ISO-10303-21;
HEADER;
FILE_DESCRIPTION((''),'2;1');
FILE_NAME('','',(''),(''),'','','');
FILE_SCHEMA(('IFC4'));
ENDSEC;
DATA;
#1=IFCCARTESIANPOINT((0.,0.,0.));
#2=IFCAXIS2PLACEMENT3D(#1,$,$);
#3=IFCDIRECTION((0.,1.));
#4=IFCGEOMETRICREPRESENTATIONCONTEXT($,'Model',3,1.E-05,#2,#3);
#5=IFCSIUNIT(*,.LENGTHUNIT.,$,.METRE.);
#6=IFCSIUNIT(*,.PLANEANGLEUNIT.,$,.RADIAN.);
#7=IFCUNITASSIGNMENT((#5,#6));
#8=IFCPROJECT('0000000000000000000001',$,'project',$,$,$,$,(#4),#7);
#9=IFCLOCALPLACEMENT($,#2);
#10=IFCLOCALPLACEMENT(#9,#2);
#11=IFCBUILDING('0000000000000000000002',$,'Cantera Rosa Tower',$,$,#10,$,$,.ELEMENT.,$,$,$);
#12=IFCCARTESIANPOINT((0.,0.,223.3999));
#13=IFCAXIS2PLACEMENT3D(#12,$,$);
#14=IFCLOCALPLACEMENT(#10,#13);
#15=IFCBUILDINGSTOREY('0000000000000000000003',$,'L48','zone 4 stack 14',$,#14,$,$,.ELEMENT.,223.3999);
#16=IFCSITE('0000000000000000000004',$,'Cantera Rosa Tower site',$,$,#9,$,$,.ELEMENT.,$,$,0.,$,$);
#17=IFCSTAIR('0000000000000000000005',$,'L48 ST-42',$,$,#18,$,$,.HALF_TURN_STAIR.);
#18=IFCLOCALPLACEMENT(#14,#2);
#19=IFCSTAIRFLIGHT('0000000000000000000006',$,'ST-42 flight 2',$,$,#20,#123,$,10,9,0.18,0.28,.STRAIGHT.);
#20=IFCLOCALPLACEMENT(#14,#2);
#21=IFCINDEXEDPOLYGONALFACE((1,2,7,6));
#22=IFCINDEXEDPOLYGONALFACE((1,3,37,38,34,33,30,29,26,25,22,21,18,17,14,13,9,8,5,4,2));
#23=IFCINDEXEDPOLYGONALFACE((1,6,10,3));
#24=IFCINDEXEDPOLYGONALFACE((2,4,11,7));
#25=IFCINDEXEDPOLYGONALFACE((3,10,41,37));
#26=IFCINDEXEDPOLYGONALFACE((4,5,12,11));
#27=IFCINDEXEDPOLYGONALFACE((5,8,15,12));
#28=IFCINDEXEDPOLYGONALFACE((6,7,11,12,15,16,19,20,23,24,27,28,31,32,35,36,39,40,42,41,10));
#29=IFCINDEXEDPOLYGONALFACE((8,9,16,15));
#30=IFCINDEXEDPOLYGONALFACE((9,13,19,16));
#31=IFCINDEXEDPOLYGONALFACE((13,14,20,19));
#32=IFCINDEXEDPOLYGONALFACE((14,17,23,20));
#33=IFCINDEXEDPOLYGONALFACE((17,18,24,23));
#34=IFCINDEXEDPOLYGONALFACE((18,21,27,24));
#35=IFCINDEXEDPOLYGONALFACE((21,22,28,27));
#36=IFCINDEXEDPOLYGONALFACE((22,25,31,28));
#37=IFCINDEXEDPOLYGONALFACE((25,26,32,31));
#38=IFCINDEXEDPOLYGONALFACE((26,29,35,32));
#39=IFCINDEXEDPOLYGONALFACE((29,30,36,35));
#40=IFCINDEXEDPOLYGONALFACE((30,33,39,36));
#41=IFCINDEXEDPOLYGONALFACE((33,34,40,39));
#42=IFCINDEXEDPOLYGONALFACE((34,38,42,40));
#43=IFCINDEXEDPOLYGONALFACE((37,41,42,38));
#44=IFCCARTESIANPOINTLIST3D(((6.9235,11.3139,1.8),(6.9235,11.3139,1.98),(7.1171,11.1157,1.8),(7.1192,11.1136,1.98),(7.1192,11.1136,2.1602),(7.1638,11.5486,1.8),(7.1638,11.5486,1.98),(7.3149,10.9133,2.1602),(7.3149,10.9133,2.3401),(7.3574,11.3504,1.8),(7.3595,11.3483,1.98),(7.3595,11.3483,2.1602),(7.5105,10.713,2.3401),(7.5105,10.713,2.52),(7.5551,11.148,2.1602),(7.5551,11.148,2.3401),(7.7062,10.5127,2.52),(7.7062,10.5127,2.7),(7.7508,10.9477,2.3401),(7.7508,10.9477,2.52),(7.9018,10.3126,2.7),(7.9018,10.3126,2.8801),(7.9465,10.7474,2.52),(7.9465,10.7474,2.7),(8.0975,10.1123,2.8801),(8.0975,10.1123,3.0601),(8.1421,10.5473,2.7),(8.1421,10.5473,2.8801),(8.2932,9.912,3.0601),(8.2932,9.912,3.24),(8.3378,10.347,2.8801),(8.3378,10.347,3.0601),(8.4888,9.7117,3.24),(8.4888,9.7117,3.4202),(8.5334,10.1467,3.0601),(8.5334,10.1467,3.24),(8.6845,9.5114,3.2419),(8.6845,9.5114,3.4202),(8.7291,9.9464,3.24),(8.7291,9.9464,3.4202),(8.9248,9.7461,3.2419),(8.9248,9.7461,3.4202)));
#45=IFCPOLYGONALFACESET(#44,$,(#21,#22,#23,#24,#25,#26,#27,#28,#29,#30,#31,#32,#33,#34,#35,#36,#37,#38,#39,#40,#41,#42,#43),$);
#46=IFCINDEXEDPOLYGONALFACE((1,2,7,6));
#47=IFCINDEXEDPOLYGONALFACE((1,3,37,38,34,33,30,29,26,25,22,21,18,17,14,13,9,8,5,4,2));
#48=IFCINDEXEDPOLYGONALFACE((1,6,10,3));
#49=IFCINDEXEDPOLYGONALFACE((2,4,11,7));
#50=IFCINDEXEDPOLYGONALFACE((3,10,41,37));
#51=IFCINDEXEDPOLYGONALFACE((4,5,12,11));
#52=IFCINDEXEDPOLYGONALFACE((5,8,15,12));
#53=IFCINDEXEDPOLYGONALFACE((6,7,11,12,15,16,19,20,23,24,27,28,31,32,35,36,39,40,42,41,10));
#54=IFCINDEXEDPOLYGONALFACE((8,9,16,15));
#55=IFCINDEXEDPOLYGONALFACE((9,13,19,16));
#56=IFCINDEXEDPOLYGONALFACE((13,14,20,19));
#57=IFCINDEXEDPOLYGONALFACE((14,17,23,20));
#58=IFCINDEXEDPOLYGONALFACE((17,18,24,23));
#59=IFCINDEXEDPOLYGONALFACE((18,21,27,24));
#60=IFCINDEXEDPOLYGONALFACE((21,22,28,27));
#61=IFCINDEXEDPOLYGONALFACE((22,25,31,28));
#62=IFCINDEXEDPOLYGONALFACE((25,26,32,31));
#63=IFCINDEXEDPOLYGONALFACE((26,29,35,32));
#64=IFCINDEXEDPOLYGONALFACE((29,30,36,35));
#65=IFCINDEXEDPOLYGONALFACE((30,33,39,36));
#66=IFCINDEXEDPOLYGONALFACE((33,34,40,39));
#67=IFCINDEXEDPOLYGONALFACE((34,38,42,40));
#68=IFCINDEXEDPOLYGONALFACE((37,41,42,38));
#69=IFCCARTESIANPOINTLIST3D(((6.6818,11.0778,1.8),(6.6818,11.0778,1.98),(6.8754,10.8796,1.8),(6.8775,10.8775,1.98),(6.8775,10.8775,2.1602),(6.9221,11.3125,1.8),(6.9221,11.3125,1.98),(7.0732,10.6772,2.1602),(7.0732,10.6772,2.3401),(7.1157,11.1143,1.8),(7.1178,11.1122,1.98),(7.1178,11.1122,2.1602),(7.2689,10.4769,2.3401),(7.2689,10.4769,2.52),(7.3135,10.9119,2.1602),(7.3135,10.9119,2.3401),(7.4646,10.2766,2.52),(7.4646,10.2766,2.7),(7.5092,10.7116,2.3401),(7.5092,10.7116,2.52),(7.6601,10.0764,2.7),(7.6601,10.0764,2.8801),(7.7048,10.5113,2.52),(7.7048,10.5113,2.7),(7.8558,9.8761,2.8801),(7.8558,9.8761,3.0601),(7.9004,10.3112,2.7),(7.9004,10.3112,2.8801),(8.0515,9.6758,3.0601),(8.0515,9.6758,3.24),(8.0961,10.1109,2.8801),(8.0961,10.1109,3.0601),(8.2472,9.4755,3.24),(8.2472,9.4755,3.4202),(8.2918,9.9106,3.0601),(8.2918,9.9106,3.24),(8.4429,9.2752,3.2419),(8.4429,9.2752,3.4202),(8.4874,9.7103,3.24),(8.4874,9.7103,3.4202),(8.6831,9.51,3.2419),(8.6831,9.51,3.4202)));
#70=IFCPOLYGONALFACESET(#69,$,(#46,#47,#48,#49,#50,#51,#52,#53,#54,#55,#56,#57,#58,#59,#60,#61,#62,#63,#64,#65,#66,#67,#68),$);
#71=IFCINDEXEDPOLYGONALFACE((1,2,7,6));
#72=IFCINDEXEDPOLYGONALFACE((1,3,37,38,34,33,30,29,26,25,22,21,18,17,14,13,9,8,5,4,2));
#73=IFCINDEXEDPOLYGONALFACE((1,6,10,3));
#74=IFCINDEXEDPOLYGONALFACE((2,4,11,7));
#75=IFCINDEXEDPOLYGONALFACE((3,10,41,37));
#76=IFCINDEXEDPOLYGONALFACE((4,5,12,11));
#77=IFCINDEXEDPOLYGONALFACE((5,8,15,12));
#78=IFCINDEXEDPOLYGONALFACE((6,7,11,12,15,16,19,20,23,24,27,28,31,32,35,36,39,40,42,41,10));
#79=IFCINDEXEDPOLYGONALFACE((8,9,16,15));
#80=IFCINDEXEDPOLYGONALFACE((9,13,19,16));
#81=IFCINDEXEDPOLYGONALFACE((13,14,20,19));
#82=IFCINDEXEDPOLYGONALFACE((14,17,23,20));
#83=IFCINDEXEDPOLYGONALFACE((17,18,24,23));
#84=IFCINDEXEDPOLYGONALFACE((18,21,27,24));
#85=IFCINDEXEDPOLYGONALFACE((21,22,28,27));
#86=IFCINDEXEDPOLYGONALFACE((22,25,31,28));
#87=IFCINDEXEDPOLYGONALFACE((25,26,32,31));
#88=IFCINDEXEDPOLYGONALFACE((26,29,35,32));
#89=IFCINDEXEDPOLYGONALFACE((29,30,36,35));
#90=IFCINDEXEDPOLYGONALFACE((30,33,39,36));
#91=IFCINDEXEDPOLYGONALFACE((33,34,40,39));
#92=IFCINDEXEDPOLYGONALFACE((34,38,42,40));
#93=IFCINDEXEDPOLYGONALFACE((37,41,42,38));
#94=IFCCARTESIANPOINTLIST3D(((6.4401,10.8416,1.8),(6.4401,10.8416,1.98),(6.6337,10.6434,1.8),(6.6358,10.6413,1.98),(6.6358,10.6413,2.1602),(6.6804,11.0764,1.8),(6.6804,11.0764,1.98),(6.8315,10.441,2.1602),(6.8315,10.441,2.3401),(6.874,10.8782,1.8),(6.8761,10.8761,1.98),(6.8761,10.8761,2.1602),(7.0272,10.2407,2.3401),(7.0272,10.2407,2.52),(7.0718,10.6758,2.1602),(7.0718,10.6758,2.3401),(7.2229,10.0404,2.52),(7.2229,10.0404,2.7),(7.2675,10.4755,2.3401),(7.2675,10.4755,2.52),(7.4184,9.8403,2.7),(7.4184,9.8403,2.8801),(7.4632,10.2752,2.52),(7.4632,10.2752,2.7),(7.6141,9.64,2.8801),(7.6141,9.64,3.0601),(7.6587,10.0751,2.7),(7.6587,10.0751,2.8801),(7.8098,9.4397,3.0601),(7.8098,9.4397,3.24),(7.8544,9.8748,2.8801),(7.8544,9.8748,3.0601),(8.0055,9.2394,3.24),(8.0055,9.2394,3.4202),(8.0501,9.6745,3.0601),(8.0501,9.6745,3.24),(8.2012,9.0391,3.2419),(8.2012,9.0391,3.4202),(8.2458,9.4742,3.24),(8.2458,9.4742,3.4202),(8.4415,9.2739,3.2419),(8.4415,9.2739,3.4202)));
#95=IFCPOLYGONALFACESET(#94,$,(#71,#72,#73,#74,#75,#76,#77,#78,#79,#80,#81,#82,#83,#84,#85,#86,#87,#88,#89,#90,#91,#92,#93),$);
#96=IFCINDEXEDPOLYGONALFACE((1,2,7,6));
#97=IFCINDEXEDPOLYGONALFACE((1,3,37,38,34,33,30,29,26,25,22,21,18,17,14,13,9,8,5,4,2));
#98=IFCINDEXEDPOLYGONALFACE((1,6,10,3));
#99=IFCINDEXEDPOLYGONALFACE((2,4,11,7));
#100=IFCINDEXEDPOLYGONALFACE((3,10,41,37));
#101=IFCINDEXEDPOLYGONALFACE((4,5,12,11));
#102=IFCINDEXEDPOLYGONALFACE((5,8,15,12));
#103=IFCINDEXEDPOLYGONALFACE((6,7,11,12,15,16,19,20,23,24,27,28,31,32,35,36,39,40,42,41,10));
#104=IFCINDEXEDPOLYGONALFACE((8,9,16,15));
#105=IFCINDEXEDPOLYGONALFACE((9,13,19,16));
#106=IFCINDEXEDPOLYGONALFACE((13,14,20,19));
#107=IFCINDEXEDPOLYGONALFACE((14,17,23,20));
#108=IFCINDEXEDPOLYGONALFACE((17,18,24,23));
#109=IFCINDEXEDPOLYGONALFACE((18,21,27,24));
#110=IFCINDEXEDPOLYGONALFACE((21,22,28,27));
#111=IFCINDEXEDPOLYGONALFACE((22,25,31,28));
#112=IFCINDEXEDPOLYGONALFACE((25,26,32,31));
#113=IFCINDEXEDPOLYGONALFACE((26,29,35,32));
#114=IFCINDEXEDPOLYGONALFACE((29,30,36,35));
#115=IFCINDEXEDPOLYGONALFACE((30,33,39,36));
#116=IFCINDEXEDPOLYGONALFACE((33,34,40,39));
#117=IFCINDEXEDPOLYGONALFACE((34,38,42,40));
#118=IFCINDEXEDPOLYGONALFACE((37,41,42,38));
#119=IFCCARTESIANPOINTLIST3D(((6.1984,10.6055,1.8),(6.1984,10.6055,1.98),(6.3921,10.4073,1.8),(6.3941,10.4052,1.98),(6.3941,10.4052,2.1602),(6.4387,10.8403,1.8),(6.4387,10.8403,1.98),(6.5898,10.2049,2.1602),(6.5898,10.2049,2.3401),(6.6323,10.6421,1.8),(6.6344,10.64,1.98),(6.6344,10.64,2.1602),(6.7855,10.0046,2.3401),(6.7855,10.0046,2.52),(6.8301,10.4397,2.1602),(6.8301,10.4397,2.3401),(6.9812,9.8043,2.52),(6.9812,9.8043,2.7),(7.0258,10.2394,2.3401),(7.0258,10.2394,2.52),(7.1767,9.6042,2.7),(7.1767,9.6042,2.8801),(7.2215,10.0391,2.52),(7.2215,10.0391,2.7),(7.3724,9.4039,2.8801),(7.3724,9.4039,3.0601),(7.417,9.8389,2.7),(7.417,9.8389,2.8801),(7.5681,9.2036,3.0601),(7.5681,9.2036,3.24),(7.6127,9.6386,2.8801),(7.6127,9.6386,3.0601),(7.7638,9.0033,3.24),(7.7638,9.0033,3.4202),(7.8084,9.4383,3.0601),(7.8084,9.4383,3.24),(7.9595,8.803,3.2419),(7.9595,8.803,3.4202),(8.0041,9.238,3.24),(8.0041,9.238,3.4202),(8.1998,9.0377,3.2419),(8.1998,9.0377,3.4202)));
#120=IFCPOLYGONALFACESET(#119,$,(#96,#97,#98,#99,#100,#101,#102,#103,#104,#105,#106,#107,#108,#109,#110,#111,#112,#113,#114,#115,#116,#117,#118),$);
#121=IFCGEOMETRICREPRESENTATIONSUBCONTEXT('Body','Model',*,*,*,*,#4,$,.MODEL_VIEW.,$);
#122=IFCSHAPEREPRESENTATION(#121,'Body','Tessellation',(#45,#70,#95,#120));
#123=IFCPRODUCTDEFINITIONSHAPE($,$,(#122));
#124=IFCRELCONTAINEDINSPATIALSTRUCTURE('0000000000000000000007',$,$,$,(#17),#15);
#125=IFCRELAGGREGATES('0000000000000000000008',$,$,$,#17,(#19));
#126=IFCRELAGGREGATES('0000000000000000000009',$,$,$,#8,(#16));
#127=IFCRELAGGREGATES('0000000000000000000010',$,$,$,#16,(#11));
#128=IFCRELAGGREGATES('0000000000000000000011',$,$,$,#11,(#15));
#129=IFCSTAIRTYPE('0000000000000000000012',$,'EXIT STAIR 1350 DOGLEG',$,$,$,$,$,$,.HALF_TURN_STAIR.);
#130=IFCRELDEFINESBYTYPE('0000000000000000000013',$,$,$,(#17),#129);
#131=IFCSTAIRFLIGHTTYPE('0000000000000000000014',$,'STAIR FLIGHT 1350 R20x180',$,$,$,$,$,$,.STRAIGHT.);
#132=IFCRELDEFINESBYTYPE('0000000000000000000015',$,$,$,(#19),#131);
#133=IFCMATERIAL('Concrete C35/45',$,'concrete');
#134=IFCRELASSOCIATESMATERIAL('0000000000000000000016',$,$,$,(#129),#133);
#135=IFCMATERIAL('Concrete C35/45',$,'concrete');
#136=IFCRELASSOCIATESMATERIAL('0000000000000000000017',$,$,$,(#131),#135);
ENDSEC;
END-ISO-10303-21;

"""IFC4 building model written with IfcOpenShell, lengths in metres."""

from ifc_helpers import new_model, si_unit, direction, frame, origin, place, context, subcontext, project, spatial, polyline, outline, extrude, material, type_object, element, aggregate, save


model = new_model("IFC4")

# Units and contexts
model_context = context("Model", 3, precision=1e-05, world=origin(), true_north=direction((0.0, 1.0)))
body_context = subcontext(model_context, "Body", "Model", "MODEL_VIEW")
ifc_project = project(units=[si_unit("LENGTHUNIT", "METRE"), si_unit("PLANEANGLEUNIT", "RADIAN")], contexts=[model_context])

# Site, building, storey
site_placement = place(None, origin())
site = spatial("IfcSite", under=ifc_project, at=site_placement, Name="Cantera Rosa Tower site", CompositionType="ELEMENT", RefElevation=0.0)
building_placement = place(site_placement, origin())
building = spatial("IfcBuilding", under=site, at=building_placement, Name="Cantera Rosa Tower", CompositionType="ELEMENT")
storey_placement = place(building_placement, frame((0.0, 0.0, 223.3999)))
storey = spatial("IfcBuildingStorey", under=building, at=storey_placement, Name="L48", Description="zone 4 stack 14", CompositionType="ELEMENT", Elevation=223.3999)

# Shared definitions
ifc_material_1 = material(Name="Concrete C35/45", Category="concrete")
stair_type = type_object("IfcStairType", Name="EXIT STAIR 1350 DOGLEG", PredefinedType="HALF_TURN_STAIR", material=ifc_material_1)
ifc_material_2 = material(Name="Concrete C35/45", Category="concrete")
stair_flight_type = type_object("IfcStairFlightType", Name="STAIR FLIGHT 1350 R20x180", PredefinedType="STRAIGHT", material=ifc_material_2)

# Stair, stair flight
stair_1_placement = place(storey_placement, origin())
stair_1 = element("IfcStair", 1, at=stair_1_placement, inside=storey, type_object=stair_type, Name="L48 ST-42", PredefinedType="HALF_TURN_STAIR")
stair_flight_1_placement = place(storey_placement, frame((6.6809, 11.0769, 1.8), z_axis=(0.0, 0.0, 1.0), x_axis=(0.698832, -0.715286, 0.0)))
stair_flight_1 = element("IfcStairFlight", 2, at=stair_flight_1_placement, type_object=stair_flight_type, Name="ST-42 flight 2", NumberOfRisers=10, NumberOfTreads=9, PredefinedType="STRAIGHT", RiserHeight=0.18, TreadLength=0.28, context=body_context, shape_type="SweptSolid", body=[
    extrude(outline(polyline([(0.0, 0.0), (0.0, 0.1799), (0.28, 0.1799), (0.28, 0.3601), (0.5601, 0.3601), (0.5601, 0.54), (0.8401, 0.54), (0.8401, 0.72), (1.1201, 0.72), (1.1201, 0.8999), (1.3999, 0.8999), (1.3999, 1.0801), (1.6799, 1.0801), (1.6799, 1.26), (1.96, 1.26), (1.96, 1.4399), (2.24, 1.4399), (2.24, 1.6201), (2.52, 1.6201), (2.52, 1.8), (2.52, 1.4419), (0.2771, 0.0), (0.0, 0.0)])), frame((0.0, 0.675, 0.0), z_axis=(0.0, -1.0, 0.0), x_axis=(1.0, 0.0, 0.0)), (0.0, 0.0, 1.0), 0.3359),
    extrude(outline(polyline([(0.0, 0.0), (0.0, 0.1799), (0.28, 0.1799), (0.28, 0.3601), (0.5601, 0.3601), (0.5601, 0.54), (0.8401, 0.54), (0.8401, 0.72), (1.1201, 0.72), (1.1201, 0.8999), (1.3999, 0.8999), (1.3999, 1.0801), (1.6799, 1.0801), (1.6799, 1.26), (1.96, 1.26), (1.96, 1.4399), (2.24, 1.4399), (2.24, 1.6201), (2.52, 1.6201), (2.52, 1.8), (2.52, 1.4419), (0.2771, 0.0), (0.0, 0.0)])), frame((0.0, 0.3372, 0.0), z_axis=(0.0, -1.0, 0.0), x_axis=(1.0, 0.0, 0.0)), (0.0, 0.0, 1.0), 0.3359),
    extrude(outline(polyline([(0.0, 0.0), (0.0, 0.1799), (0.28, 0.1799), (0.28, 0.3601), (0.5601, 0.3601), (0.5601, 0.54), (0.8401, 0.54), (0.8401, 0.72), (1.1201, 0.72), (1.1201, 0.8999), (1.3999, 0.8999), (1.3999, 1.0801), (1.6799, 1.0801), (1.6799, 1.26), (1.96, 1.26), (1.96, 1.4399), (2.24, 1.4399), (2.24, 1.6201), (2.52, 1.6201), (2.52, 1.8), (2.52, 1.4419), (0.2771, 0.0), (0.0, 0.0)])), frame((0.0, -0.0007, 0.0), z_axis=(0.0, -1.0, 0.0), x_axis=(1.0, 0.0, 0.0)), (0.0, 0.0, 1.0), 0.3359),
    extrude(outline(polyline([(0.0, 0.0), (0.0, 0.1799), (0.28, 0.1799), (0.28, 0.3601), (0.5601, 0.3601), (0.5601, 0.54), (0.8401, 0.54), (0.8401, 0.72), (1.1201, 0.72), (1.1201, 0.8999), (1.3999, 0.8999), (1.3999, 1.0801), (1.6799, 1.0801), (1.6799, 1.26), (1.96, 1.26), (1.96, 1.4399), (2.24, 1.4399), (2.24, 1.6201), (2.52, 1.6201), (2.52, 1.8), (2.52, 1.4419), (0.2771, 0.0), (0.0, 0.0)])), frame((0.0, -0.3386, 0.0), z_axis=(0.0, -1.0, 0.0), x_axis=(1.0, 0.0, 0.0)), (0.0, 0.0, 1.0), 0.3359),
])
aggregate(stair_1, [stair_flight_1])

save(model, "model.ifc")
